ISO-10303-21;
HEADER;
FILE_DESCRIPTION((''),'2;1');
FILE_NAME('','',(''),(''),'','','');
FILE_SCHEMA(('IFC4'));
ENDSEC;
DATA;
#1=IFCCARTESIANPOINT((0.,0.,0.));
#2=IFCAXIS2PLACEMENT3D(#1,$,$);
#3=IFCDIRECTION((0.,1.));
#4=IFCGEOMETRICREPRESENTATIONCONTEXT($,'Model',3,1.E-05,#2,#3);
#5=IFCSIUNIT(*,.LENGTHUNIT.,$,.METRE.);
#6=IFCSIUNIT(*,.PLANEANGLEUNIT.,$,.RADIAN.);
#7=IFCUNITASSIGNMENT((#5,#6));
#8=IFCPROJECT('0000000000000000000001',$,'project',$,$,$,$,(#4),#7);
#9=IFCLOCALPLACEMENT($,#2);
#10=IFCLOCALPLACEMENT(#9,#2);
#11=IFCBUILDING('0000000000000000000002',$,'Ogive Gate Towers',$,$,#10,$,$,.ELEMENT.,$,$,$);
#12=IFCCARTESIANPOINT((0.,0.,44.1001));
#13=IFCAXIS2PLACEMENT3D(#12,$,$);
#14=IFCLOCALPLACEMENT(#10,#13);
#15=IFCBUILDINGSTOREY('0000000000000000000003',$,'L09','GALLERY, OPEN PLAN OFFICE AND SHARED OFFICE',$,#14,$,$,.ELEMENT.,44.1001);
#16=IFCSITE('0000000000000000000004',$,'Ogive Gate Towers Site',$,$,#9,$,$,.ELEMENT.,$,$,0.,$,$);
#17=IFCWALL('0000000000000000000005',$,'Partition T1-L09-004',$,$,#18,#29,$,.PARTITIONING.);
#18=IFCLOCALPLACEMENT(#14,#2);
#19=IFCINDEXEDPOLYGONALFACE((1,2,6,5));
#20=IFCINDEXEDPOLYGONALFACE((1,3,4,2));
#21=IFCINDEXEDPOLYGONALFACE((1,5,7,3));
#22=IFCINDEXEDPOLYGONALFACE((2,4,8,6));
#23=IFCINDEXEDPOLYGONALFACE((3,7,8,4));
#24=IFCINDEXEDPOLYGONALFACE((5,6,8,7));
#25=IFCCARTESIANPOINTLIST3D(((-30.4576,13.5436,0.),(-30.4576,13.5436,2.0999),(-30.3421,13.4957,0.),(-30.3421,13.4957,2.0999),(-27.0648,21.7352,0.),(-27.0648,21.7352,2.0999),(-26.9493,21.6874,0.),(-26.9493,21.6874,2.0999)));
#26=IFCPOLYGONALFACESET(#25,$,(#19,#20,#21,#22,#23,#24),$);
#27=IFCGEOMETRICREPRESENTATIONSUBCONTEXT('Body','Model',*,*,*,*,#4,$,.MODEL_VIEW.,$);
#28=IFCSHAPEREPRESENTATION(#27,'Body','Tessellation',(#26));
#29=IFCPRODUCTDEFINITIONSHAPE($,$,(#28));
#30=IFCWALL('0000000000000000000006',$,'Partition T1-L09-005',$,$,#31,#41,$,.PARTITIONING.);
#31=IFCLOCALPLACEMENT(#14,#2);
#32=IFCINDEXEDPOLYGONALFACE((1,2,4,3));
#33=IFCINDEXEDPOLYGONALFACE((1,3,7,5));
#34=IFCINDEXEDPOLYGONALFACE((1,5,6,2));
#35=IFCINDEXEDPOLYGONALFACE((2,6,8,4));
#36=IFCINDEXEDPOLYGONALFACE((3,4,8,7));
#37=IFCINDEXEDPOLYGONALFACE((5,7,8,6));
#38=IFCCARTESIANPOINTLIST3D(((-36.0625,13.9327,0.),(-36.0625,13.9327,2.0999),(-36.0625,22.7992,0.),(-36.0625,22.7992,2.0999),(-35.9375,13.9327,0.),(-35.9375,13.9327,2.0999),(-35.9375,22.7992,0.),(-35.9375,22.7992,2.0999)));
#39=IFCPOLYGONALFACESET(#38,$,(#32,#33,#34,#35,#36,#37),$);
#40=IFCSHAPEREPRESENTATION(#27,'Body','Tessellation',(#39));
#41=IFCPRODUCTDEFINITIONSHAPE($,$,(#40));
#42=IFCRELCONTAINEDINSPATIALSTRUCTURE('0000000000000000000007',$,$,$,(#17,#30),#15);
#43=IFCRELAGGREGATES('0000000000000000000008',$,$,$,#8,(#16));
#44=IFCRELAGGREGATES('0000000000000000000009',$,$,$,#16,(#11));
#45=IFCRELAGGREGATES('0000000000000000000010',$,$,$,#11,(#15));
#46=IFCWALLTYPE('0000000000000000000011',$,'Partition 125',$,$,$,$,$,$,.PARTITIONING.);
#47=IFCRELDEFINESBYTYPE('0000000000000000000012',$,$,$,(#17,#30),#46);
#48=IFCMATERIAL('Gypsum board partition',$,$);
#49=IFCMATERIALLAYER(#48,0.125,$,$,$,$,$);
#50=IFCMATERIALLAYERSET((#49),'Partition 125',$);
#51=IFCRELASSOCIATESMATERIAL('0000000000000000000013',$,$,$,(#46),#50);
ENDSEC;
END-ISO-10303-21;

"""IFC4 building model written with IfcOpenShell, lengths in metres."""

from ifc_helpers import new_model, si_unit, direction, frame, frame_2d, origin, place, context, subcontext, project, spatial, rectangle, extrude, material, layer, layer_set, type_object, element, save


model = new_model("IFC4")

# Units and contexts
model_context = context("Model", 3, precision=1e-05, world=origin(), true_north=direction((0.0, 1.0)))
body_context = subcontext(model_context, "Body", "Model", "MODEL_VIEW")
ifc_project = project(units=[si_unit("LENGTHUNIT", "METRE"), si_unit("PLANEANGLEUNIT", "RADIAN")], contexts=[model_context])

# Site, building, storey
site_placement = place(None, origin())
site = spatial("IfcSite", under=ifc_project, at=site_placement, Name="Ogive Gate Towers Site", CompositionType="ELEMENT", RefElevation=0.0)
building_placement = place(site_placement, origin())
building = spatial("IfcBuilding", under=site, at=building_placement, Name="Ogive Gate Towers", CompositionType="ELEMENT")
storey_placement = place(building_placement, frame((0.0, 0.0, 44.1001)))
storey = spatial("IfcBuildingStorey", under=building, at=storey_placement, Name="L09", Description="GALLERY, OPEN PLAN OFFICE AND SHARED OFFICE", CompositionType="ELEMENT", Elevation=44.1001)

# Walls
ifc_material_1 = material(Name="Gypsum board partition")
ifc_layer_1 = layer(ifc_material_1, 0.125)
ifc_layer_set_1 = layer_set([ifc_layer_1], Name="Partition 125")
wall_type = type_object("IfcWallType", Name="Partition 125", PredefinedType="PARTITIONING", material=ifc_layer_set_1)
for number, where, z_axis, x_axis, name in (
    (1, (-27.0071, 21.7112, 0.0), (0.0, 0.0, 1.0), (-0.382657, -0.92389, 0.0), "Partition T1-L09-004"),
    (2, (-36.0, 22.7991, 0.0), (0.0, 0.0, 1.0), (0.0, -1.0, 0.0), "Partition T1-L09-005"),
):
    element("IfcWall", number, at=place(storey_placement, frame(where, z_axis=z_axis, x_axis=x_axis)), inside=storey, type_object=wall_type, Name=name, PredefinedType="PARTITIONING", context=body_context, shape_type="SweptSolid", body=[
        extrude(rectangle(XDim=8.8665, YDim=0.125, at=frame_2d((4.4331, 0.0))), origin(), (0.0, 0.0, 1.0), 2.0999),
    ])

save(model, "model.ifc")
